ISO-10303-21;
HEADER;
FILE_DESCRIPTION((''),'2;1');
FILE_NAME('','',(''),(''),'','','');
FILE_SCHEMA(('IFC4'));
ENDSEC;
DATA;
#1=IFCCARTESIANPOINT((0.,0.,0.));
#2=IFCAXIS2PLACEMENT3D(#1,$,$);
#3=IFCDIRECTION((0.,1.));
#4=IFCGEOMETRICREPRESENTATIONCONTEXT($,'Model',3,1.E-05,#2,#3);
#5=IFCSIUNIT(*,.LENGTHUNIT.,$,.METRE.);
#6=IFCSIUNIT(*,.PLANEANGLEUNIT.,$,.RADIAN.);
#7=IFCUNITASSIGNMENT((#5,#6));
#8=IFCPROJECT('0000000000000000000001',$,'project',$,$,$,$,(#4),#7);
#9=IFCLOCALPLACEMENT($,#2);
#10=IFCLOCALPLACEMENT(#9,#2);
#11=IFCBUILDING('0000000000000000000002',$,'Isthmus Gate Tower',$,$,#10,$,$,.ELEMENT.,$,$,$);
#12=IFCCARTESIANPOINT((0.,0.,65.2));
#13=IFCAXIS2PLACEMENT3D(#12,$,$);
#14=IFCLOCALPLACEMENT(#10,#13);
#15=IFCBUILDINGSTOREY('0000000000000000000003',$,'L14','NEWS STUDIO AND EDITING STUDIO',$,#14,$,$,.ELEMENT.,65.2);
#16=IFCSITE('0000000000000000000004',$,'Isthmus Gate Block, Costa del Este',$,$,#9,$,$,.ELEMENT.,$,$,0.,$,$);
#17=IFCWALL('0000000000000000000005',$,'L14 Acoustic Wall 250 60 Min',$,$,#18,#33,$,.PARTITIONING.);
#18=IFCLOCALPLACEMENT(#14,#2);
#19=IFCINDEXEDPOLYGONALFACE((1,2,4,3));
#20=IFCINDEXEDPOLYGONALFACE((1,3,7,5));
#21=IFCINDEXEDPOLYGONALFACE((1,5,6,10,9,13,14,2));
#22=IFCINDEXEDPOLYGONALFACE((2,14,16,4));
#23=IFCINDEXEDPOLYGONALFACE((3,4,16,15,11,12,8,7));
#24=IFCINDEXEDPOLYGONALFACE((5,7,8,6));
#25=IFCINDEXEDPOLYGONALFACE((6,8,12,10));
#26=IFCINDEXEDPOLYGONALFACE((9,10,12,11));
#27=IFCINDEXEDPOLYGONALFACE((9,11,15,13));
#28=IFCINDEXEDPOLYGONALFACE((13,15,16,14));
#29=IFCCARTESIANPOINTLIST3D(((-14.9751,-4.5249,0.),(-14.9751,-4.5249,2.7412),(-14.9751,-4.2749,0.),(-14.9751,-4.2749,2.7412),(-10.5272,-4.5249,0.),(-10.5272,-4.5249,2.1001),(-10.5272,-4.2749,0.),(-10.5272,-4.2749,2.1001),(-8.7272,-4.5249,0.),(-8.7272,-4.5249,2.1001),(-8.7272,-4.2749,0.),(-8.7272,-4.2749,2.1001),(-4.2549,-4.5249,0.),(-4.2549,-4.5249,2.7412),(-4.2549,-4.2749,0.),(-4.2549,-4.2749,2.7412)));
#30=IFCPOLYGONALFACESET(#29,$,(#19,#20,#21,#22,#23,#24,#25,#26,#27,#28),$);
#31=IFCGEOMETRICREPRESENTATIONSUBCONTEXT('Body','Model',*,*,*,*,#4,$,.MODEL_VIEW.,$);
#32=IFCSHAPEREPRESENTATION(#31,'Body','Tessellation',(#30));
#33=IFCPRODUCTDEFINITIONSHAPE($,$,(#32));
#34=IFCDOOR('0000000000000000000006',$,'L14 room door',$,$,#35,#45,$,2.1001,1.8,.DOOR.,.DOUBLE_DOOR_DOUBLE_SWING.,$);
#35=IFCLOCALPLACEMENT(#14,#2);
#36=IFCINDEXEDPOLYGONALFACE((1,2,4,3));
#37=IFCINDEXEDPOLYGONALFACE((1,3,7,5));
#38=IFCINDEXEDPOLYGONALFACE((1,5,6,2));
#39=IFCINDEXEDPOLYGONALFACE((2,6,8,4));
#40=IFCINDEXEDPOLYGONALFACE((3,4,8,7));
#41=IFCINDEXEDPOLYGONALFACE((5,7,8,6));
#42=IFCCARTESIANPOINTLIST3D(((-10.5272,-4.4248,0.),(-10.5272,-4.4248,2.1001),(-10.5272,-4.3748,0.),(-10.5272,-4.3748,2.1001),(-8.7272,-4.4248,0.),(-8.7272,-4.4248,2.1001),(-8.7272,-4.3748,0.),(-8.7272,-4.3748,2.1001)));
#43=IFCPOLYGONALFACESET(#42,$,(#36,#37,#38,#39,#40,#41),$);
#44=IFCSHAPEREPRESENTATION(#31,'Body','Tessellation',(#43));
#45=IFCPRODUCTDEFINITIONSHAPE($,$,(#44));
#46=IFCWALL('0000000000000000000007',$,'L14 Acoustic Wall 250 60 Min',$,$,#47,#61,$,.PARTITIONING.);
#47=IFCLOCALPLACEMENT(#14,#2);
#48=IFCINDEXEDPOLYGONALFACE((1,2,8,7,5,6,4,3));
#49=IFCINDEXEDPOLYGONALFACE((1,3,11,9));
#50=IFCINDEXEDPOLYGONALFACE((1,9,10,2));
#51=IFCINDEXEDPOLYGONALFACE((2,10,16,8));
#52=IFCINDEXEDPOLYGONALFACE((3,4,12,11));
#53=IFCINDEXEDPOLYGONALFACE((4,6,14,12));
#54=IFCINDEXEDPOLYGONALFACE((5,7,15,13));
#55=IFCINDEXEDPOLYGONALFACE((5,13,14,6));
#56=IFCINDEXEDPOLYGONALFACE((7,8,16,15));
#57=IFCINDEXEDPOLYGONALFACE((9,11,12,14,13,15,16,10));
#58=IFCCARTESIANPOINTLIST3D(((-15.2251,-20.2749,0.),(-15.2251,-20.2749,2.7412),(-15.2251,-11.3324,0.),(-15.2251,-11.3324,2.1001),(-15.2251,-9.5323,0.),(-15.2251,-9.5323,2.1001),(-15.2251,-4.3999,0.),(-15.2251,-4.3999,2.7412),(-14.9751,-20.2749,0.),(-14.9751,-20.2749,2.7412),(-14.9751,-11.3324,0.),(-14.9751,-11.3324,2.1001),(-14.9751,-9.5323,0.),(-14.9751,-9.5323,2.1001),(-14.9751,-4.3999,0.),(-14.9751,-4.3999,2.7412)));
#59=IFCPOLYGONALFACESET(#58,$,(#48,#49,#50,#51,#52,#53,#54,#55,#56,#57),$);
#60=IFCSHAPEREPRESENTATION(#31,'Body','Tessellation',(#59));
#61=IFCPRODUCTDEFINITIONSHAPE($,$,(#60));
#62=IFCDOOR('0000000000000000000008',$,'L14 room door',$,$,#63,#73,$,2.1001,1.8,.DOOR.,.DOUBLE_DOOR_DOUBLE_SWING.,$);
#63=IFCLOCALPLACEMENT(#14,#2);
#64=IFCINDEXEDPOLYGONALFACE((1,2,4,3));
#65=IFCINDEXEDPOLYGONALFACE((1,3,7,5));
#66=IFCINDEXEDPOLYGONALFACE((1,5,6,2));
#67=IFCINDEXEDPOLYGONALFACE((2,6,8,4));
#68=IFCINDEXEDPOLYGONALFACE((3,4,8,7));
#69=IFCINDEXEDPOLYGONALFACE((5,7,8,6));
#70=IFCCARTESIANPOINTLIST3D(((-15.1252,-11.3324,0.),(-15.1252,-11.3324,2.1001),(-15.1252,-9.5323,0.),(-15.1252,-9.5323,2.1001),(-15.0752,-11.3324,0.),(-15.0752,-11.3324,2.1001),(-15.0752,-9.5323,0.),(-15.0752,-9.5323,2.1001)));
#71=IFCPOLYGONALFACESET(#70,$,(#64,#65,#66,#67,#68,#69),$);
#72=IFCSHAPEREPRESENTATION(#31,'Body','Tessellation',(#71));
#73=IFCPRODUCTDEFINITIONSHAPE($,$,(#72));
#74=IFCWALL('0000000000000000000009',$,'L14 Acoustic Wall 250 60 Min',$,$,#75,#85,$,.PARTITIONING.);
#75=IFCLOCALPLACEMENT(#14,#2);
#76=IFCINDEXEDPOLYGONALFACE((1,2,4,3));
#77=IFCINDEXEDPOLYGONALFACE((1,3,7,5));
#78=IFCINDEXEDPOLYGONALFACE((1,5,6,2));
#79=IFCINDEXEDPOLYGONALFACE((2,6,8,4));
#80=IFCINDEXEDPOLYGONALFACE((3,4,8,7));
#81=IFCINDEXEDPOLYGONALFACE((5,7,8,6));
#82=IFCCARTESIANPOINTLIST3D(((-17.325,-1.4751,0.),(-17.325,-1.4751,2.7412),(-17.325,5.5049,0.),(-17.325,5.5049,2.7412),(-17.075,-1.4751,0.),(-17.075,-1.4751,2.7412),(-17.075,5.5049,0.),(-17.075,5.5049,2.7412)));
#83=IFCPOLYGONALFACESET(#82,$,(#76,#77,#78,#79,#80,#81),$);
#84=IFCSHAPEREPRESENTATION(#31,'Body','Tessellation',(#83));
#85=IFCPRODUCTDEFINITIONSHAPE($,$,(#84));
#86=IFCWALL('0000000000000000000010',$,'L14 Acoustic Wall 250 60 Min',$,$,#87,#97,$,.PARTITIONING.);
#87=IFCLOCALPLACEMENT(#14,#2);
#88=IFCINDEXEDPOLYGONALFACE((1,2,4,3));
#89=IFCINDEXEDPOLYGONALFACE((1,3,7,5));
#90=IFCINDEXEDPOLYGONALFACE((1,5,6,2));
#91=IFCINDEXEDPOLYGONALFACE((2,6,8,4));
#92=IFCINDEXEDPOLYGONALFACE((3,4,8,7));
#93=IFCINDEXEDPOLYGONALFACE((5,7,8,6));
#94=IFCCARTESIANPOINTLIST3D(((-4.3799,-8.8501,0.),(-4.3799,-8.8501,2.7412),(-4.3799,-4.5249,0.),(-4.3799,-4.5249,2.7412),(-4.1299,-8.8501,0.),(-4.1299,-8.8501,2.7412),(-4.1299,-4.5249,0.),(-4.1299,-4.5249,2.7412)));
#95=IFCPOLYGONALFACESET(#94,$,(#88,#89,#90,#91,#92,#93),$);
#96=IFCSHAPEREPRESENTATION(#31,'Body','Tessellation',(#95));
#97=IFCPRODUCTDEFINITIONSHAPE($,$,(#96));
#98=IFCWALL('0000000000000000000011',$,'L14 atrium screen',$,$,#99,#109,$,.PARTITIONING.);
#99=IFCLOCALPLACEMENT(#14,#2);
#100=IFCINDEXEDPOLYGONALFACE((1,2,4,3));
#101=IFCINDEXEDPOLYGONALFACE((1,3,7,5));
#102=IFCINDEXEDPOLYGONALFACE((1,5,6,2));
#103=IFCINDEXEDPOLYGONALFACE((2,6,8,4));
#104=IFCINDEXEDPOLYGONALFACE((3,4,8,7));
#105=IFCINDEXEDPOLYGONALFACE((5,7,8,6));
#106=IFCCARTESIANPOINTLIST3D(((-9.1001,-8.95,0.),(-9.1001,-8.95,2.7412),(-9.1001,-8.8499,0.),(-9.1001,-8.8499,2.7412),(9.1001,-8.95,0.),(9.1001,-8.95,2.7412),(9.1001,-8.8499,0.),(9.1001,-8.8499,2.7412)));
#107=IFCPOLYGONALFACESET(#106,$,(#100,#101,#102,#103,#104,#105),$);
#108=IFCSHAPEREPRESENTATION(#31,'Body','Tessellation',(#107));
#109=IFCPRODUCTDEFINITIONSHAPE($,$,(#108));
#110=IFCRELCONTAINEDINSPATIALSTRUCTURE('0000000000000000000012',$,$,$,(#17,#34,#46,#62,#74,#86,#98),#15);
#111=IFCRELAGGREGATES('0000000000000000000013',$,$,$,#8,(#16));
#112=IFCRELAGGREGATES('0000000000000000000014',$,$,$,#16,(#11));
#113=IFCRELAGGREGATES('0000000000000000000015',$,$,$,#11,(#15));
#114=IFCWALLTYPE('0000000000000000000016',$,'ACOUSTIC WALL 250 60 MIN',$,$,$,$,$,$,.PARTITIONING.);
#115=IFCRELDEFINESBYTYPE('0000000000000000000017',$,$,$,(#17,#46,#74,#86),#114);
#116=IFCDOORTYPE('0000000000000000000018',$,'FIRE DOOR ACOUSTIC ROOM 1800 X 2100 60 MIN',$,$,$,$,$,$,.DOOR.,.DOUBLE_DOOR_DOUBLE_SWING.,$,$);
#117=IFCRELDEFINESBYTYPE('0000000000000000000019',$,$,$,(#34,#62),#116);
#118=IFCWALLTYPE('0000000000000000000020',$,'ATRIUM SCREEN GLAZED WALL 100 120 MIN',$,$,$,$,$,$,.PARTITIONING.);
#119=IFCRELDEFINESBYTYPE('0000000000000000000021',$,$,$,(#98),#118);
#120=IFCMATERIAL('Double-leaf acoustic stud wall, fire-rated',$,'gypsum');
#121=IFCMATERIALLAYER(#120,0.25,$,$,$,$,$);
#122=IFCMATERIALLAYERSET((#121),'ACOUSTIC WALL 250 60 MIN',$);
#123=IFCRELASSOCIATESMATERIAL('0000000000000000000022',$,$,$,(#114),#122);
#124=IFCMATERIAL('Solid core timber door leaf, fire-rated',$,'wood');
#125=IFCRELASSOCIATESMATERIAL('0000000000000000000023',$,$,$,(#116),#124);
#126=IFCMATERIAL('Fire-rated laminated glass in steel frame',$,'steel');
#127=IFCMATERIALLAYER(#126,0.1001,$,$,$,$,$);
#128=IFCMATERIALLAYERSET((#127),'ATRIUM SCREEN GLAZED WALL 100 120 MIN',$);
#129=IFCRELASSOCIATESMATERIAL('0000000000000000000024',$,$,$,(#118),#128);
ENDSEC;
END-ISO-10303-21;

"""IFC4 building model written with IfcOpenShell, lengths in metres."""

from ifc_helpers import new_model, si_unit, direction, frame, frame_2d, origin, place, context, subcontext, project, spatial, rectangle, extrude, material, layer, layer_set, type_object, element, fill, save


model = new_model("IFC4")

# Units and contexts
model_context = context("Model", 3, precision=1e-05, world=origin(), true_north=direction((0.0, 1.0)))
body_context = subcontext(model_context, "Body", "Model", "MODEL_VIEW")
ifc_project = project(units=[si_unit("LENGTHUNIT", "METRE"), si_unit("PLANEANGLEUNIT", "RADIAN")], contexts=[model_context])

# Site, building, storey
site_placement = place(None, origin())
site = spatial("IfcSite", under=ifc_project, at=site_placement, Name="Isthmus Gate Block, Costa del Este", CompositionType="ELEMENT", RefElevation=0.0)
building_placement = place(site_placement, origin())
building = spatial("IfcBuilding", under=site, at=building_placement, Name="Isthmus Gate Tower", CompositionType="ELEMENT")
storey_placement = place(building_placement, frame((0.0, 0.0, 65.2)))
storey = spatial("IfcBuildingStorey", under=building, at=storey_placement, Name="L14", Description="NEWS STUDIO AND EDITING STUDIO", CompositionType="ELEMENT", Elevation=65.2)

# Walls, openings, doors
ifc_material_1 = material(Name="Double-leaf acoustic stud wall, fire-rated", Category="gypsum")
ifc_layer_1 = layer(ifc_material_1, 0.25)
ifc_layer_set_1 = layer_set([ifc_layer_1], Name="ACOUSTIC WALL 250 60 MIN")
wall_type_1 = type_object("IfcWallType", Name="ACOUSTIC WALL 250 60 MIN", PredefinedType="PARTITIONING", material=ifc_layer_set_1)
wall_1_placement = place(storey_placement, frame((-4.2549, -4.3999, 0.0), z_axis=(0.0, 0.0, 1.0), x_axis=(-1.0, 0.0, 0.0)))
wall_1 = element("IfcWall", 1, at=wall_1_placement, inside=storey, type_object=wall_type_1, Name="L14 Acoustic Wall 250 60 Min", PredefinedType="PARTITIONING", context=body_context, shape_type="SweptSolid", body=[
    extrude(rectangle(XDim=10.7202, YDim=0.25, at=frame_2d((5.3601, 0.0))), origin(), (0.0, 0.0, 1.0), 2.7412),
])
opening_1_placement = place(wall_1_placement, frame((4.4724, 0.0, 0.0)))
opening_1 = element("IfcOpeningElement", 2, at=opening_1_placement, cuts=wall_1, PredefinedType="OPENING", context=body_context, shape_type="SweptSolid", body=[
    extrude(rectangle(XDim=1.8, YDim=2.1001, at=frame_2d((0.8999, 1.05))), frame((0.0, 0.135, 0.0), z_axis=(0.0, -1.0, 0.0), x_axis=(1.0, 0.0, 0.0)), (0.0, 0.0, 1.0), 0.27),
])
ifc_material_2 = material(Name="Solid core timber door leaf, fire-rated", Category="wood")
door_type_1 = type_object("IfcDoorType", Name="FIRE DOOR ACOUSTIC ROOM 1800 X 2100 60 MIN", OperationType="DOUBLE_DOOR_DOUBLE_SWING", PredefinedType="DOOR", material=ifc_material_2)
door_1_placement = place(opening_1_placement, origin())
door_1 = element("IfcDoor", 3, at=door_1_placement, inside=storey, type_object=door_type_1, Name="L14 room door", OperationType="DOUBLE_DOOR_DOUBLE_SWING", OverallHeight=2.1001, OverallWidth=1.8, PredefinedType="DOOR", context=body_context, shape_type="SweptSolid", body=[
    extrude(rectangle(XDim=1.8, YDim=2.1001, at=frame_2d((0.8999, 1.05))), frame((0.0, 0.0249, 0.0), z_axis=(0.0, -1.0, 0.0), x_axis=(1.0, 0.0, 0.0)), (0.0, 0.0, 1.0), 0.05),
])
fill(opening_1, door_1)
wall_2_placement = place(storey_placement, frame((-15.1001, -4.3999, 0.0), z_axis=(0.0, 0.0, 1.0), x_axis=(0.0, -1.0, 0.0)))
wall_2 = element("IfcWall", 4, at=wall_2_placement, inside=storey, type_object=wall_type_1, Name="L14 Acoustic Wall 250 60 Min", PredefinedType="PARTITIONING", context=body_context, shape_type="SweptSolid", body=[
    extrude(rectangle(XDim=15.875, YDim=0.25, at=frame_2d((7.9375, 0.0))), origin(), (0.0, 0.0, 1.0), 2.7412),
])
opening_2_placement = place(wall_2_placement, frame((5.1326, 0.0, 0.0)))
opening_2 = element("IfcOpeningElement", 5, at=opening_2_placement, cuts=wall_2, PredefinedType="OPENING", context=body_context, shape_type="SweptSolid", body=[
    extrude(rectangle(XDim=1.8, YDim=2.1001, at=frame_2d((0.8999, 1.05))), frame((0.0, 0.135, 0.0), z_axis=(0.0, -1.0, 0.0), x_axis=(1.0, 0.0, 0.0)), (0.0, 0.0, 1.0), 0.27),
])
door_2_placement = place(opening_2_placement, origin())
door_2 = element("IfcDoor", 6, at=door_2_placement, inside=storey, type_object=door_type_1, Name="L14 room door", OperationType="DOUBLE_DOOR_DOUBLE_SWING", OverallHeight=2.1001, OverallWidth=1.8, PredefinedType="DOOR", context=body_context, shape_type="SweptSolid", body=[
    extrude(rectangle(XDim=1.8, YDim=2.1001, at=frame_2d((0.8999, 1.05))), frame((0.0, 0.0249, 0.0), z_axis=(0.0, -1.0, 0.0), x_axis=(1.0, 0.0, 0.0)), (0.0, 0.0, 1.0), 0.05),
])
fill(opening_2, door_2)

# Walls
wall_3_placement = place(storey_placement, frame((-17.2, -1.4751, 0.0), z_axis=(0.0, 0.0, 1.0), x_axis=(0.0, 1.0, 0.0)))
element("IfcWall", 7, at=wall_3_placement, inside=storey, type_object=wall_type_1, Name="L14 Acoustic Wall 250 60 Min", PredefinedType="PARTITIONING", context=body_context, shape_type="SweptSolid", body=[
    extrude(rectangle(XDim=6.98, YDim=0.25, at=frame_2d((3.49, 0.0))), origin(), (0.0, 0.0, 1.0), 2.7412),
])
wall_4_placement = place(storey_placement, frame((-4.2549, -8.8501, 0.0), z_axis=(0.0, 0.0, 1.0), x_axis=(0.0, 1.0, 0.0)))
element("IfcWall", 8, at=wall_4_placement, inside=storey, type_object=wall_type_1, Name="L14 Acoustic Wall 250 60 Min", PredefinedType="PARTITIONING", context=body_context, shape_type="SweptSolid", body=[
    extrude(rectangle(XDim=4.3252, YDim=0.25, at=frame_2d((2.1626, 0.0))), origin(), (0.0, 0.0, 1.0), 2.7412),
])
ifc_material_3 = material(Name="Fire-rated laminated glass in steel frame", Category="steel")
ifc_layer_2 = layer(ifc_material_3, 0.1001)
ifc_layer_set_2 = layer_set([ifc_layer_2], Name="ATRIUM SCREEN GLAZED WALL 100 120 MIN")
wall_type_2 = type_object("IfcWallType", Name="ATRIUM SCREEN GLAZED WALL 100 120 MIN", PredefinedType="PARTITIONING", material=ifc_layer_set_2)
wall_5_placement = place(storey_placement, frame((-9.1001, -8.8999, 0.0), z_axis=(0.0, 0.0, 1.0), x_axis=(1.0, 0.0, 0.0)))
element("IfcWall", 9, at=wall_5_placement, inside=storey, type_object=wall_type_2, Name="L14 atrium screen", PredefinedType="PARTITIONING", context=body_context, shape_type="SweptSolid", body=[
    extrude(rectangle(XDim=18.2002, YDim=0.1001, at=frame_2d((9.1001, 0.0))), origin(), (0.0, 0.0, 1.0), 2.7412),
])

save(model, "model.ifc")
